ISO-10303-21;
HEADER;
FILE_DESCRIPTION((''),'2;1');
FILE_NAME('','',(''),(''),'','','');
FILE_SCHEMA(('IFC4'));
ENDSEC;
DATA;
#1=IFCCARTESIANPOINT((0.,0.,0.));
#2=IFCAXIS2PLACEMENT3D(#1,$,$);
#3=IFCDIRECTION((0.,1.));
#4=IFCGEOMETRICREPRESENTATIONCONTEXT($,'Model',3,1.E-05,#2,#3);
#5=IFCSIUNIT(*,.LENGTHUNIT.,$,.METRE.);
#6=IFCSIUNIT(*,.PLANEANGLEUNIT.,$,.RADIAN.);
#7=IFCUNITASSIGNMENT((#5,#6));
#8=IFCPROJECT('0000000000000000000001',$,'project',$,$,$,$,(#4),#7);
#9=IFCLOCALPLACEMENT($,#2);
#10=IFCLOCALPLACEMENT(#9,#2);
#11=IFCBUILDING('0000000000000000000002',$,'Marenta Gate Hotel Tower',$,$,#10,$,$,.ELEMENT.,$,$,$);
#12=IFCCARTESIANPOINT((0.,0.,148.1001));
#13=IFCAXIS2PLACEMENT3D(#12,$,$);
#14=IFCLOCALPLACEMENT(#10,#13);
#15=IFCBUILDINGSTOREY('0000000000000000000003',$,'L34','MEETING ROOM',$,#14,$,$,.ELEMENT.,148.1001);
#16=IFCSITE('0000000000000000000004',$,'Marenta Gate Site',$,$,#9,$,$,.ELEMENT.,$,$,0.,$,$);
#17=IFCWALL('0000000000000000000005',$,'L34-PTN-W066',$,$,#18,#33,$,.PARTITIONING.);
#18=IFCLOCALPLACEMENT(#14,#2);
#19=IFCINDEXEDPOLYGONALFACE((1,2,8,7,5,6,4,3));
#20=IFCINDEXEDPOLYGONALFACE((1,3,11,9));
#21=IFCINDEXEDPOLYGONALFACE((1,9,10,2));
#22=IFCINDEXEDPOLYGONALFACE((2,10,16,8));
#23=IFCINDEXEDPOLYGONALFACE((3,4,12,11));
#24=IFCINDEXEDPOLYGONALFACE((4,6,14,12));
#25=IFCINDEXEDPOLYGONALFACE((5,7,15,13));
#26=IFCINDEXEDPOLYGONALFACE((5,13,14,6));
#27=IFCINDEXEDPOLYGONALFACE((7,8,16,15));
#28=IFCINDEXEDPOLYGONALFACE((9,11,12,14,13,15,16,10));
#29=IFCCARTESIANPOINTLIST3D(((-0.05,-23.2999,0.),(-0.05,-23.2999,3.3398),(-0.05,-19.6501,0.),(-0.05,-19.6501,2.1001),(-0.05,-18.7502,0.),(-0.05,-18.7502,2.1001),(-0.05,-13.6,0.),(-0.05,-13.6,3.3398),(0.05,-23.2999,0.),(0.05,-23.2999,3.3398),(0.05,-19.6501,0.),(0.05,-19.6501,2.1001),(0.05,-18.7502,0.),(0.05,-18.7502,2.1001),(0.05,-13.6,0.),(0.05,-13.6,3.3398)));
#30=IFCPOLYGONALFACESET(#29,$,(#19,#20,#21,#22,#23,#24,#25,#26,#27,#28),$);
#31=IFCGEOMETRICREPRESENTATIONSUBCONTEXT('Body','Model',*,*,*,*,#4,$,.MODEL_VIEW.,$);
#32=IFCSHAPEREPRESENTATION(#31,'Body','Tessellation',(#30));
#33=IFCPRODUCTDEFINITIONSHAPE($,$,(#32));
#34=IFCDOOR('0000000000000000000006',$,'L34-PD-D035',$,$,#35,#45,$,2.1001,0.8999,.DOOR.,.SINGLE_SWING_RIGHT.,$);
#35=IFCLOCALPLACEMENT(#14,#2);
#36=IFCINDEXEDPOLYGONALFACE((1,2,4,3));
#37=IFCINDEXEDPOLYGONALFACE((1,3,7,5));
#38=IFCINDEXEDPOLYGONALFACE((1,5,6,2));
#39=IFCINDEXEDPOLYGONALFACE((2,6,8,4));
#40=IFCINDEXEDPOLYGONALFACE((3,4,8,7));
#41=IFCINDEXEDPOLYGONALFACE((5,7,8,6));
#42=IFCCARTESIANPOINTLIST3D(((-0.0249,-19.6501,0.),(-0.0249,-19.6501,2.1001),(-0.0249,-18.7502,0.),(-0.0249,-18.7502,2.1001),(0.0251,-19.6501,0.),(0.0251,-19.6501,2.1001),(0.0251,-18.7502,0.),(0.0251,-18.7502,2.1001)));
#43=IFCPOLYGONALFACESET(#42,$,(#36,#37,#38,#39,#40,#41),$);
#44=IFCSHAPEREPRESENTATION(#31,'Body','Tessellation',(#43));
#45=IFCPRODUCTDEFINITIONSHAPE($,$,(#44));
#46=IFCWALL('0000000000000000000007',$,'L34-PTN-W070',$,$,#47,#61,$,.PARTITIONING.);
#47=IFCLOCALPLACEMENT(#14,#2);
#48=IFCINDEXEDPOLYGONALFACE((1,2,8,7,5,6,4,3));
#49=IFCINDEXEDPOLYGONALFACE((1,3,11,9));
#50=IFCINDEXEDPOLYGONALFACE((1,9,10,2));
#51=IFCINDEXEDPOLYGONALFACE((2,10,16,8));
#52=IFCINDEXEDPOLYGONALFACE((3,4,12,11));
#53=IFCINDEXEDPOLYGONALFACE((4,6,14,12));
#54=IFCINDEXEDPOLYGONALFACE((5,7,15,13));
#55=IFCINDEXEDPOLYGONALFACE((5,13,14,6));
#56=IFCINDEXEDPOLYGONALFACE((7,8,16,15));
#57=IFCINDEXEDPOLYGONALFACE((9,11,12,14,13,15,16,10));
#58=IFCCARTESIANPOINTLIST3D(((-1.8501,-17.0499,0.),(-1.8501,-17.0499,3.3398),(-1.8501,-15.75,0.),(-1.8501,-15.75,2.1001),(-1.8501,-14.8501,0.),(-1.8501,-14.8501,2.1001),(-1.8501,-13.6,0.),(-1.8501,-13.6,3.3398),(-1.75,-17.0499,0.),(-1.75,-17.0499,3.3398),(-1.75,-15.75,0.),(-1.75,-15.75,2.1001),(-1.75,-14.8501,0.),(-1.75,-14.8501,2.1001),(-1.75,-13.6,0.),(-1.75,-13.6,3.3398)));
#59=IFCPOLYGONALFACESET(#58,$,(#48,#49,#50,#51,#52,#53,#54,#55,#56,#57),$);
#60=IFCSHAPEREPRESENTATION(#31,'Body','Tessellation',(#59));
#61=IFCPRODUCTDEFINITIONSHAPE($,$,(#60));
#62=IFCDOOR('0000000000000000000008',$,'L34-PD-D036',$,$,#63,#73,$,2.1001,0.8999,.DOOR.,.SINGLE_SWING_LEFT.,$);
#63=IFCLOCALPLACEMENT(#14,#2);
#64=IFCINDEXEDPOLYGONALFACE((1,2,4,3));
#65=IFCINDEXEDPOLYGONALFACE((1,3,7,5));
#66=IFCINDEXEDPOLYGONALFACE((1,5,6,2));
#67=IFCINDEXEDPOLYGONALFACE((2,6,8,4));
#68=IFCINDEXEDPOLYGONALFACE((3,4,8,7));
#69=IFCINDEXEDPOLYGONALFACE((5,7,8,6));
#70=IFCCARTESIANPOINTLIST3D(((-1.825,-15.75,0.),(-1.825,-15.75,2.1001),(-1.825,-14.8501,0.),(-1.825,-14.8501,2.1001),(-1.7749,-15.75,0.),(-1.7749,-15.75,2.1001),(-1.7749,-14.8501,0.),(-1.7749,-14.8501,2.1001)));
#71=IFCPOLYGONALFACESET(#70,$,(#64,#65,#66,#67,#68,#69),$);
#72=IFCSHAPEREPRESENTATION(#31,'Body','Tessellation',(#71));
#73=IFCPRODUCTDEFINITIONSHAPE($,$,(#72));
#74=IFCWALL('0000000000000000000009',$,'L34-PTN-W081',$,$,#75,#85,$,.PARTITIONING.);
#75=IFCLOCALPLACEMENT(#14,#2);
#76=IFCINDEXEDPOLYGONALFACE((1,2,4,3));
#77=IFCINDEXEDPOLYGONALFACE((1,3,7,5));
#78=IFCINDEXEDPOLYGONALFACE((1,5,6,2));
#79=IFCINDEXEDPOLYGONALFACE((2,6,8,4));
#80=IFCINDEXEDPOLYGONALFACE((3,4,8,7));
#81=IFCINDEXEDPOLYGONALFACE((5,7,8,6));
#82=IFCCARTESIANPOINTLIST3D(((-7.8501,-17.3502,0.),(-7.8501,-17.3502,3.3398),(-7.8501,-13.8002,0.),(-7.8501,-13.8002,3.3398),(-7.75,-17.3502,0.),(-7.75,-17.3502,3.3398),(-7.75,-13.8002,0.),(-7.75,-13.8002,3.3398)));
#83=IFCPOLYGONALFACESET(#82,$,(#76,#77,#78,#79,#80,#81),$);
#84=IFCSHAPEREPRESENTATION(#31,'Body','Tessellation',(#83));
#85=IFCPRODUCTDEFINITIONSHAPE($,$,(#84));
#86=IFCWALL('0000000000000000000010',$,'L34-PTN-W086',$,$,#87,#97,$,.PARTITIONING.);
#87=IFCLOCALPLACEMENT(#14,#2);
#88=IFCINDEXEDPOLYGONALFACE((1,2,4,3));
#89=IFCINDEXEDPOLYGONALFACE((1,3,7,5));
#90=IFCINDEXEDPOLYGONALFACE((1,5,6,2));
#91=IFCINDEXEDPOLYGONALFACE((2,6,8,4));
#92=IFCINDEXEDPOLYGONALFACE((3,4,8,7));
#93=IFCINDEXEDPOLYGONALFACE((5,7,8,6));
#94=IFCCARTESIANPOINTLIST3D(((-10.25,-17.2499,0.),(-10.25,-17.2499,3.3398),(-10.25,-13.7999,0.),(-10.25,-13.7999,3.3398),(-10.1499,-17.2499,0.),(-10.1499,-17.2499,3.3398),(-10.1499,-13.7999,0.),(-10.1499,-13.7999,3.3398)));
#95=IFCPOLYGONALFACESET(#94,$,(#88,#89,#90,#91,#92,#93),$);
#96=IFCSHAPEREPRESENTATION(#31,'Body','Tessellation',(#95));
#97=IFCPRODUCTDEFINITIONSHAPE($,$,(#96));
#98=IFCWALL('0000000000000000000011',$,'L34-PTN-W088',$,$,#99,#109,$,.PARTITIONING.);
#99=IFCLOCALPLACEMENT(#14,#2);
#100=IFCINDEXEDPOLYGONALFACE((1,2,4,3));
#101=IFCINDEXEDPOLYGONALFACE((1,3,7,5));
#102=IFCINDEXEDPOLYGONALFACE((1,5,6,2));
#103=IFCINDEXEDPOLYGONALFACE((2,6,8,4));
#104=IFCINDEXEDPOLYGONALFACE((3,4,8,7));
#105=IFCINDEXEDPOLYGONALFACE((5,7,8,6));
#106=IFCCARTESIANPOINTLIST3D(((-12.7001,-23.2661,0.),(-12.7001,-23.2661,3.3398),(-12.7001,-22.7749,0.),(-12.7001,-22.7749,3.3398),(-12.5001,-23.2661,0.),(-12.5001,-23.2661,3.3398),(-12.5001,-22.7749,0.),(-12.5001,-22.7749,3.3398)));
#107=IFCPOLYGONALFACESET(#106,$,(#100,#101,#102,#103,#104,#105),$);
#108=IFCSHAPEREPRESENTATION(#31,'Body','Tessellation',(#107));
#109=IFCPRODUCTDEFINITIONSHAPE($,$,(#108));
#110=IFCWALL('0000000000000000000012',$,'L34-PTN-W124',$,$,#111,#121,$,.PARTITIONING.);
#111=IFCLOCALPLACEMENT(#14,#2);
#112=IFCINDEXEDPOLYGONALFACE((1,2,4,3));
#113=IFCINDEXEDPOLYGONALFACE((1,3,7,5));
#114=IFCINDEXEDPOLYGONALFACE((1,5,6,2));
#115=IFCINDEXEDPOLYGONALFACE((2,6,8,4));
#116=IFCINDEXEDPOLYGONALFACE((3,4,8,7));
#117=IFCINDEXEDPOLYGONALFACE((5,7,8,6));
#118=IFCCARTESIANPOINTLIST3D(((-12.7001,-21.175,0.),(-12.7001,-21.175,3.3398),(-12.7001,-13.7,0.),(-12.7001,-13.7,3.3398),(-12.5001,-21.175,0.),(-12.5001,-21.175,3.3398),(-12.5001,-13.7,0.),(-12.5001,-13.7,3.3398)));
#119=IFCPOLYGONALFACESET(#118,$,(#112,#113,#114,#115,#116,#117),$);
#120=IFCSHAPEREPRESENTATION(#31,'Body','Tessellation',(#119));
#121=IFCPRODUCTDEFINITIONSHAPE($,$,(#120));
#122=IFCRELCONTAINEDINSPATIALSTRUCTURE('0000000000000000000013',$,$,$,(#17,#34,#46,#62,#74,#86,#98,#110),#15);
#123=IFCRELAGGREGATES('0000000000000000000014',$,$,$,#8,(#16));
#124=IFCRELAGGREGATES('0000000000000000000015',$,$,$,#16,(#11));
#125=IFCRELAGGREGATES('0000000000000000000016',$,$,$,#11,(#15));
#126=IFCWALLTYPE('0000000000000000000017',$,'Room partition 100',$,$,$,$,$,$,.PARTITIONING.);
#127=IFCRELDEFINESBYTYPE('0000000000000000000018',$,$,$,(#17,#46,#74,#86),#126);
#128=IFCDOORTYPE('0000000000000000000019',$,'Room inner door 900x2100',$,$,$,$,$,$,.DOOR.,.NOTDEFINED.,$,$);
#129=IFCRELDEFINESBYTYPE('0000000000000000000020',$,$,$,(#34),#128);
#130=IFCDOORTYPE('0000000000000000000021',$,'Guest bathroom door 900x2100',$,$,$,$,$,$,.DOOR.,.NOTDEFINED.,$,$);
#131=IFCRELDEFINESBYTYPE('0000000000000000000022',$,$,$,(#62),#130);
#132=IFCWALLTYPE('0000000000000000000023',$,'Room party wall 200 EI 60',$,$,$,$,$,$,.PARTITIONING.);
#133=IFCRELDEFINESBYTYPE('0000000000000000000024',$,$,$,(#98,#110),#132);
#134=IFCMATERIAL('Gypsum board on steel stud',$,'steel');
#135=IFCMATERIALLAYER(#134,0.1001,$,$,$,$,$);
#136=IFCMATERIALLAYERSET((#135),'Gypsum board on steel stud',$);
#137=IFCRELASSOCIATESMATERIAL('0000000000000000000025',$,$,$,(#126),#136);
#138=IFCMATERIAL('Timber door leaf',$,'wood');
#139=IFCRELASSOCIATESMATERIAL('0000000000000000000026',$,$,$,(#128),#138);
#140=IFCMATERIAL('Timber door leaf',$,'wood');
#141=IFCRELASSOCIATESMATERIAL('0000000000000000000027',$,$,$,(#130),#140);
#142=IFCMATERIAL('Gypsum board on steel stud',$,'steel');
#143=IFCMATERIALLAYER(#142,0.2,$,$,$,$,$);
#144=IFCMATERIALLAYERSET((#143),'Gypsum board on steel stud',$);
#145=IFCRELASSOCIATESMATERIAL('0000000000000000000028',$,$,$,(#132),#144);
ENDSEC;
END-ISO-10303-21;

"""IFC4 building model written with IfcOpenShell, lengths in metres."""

from ifc_helpers import new_model, si_unit, direction, frame, frame_2d, origin, place, context, subcontext, project, spatial, rectangle, extrude, material, layer, layer_set, type_object, element, fill, save


model = new_model("IFC4")

# Units and contexts
model_context = context("Model", 3, precision=1e-05, world=origin(), true_north=direction((0.0, 1.0)))
body_context = subcontext(model_context, "Body", "Model", "MODEL_VIEW")
ifc_project = project(units=[si_unit("LENGTHUNIT", "METRE"), si_unit("PLANEANGLEUNIT", "RADIAN")], contexts=[model_context])

# Site, building, storey
site_placement = place(None, origin())
site = spatial("IfcSite", under=ifc_project, at=site_placement, Name="Marenta Gate Site", CompositionType="ELEMENT", RefElevation=0.0)
building_placement = place(site_placement, origin())
building = spatial("IfcBuilding", under=site, at=building_placement, Name="Marenta Gate Hotel Tower", CompositionType="ELEMENT")
storey_placement = place(building_placement, frame((0.0, 0.0, 148.1001)))
storey = spatial("IfcBuildingStorey", under=building, at=storey_placement, Name="L34", Description="MEETING ROOM", CompositionType="ELEMENT", Elevation=148.1001)

# Shared definitions
ifc_material_1 = material(Name="Gypsum board on steel stud", Category="steel")
ifc_layer_1 = layer(ifc_material_1, 0.1001)
ifc_layer_set_1 = layer_set([ifc_layer_1], Name="Gypsum board on steel stud")
wall_type_1 = type_object("IfcWallType", Name="Room partition 100", PredefinedType="PARTITIONING", material=ifc_layer_set_1)
ifc_material_2 = material(Name="Timber door leaf", Category="wood")
door_type_1 = type_object("IfcDoorType", Name="Room inner door 900x2100", OperationType="NOTDEFINED", PredefinedType="DOOR", material=ifc_material_2)
ifc_material_3 = material(Name="Timber door leaf", Category="wood")
door_type_2 = type_object("IfcDoorType", Name="Guest bathroom door 900x2100", OperationType="NOTDEFINED", PredefinedType="DOOR", material=ifc_material_3)

# Walls, openings, doors
wall_1_placement = place(storey_placement, frame((0.0, -23.3, 0.0), z_axis=(0.0, 0.0, 1.0), x_axis=(0.0, 1.0, 0.0)))
wall_1 = element("IfcWall", 1, at=wall_1_placement, inside=storey, type_object=wall_type_1, Name="L34-PTN-W066", PredefinedType="PARTITIONING", context=body_context, shape_type="SweptSolid", body=[
    extrude(rectangle(XDim=9.7, YDim=0.1001, at=frame_2d((4.8501, 0.0))), origin(), (0.0, 0.0, 1.0), 3.3398),
])
opening_1_placement = place(wall_1_placement, frame((3.6499, 0.0, 0.0)))
opening_1 = element("IfcOpeningElement", 2, at=opening_1_placement, cuts=wall_1, PredefinedType="OPENING", context=body_context, shape_type="SweptSolid", body=[
    extrude(rectangle(XDim=0.8999, YDim=2.1001, at=frame_2d((0.45, 1.05))), frame((0.0, 0.05, 0.0), z_axis=(0.0, -1.0, 0.0), x_axis=(1.0, 0.0, 0.0)), (0.0, 0.0, 1.0), 0.1001),
])
door_1_placement = place(opening_1_placement, origin())
door_1 = element("IfcDoor", 3, at=door_1_placement, inside=storey, type_object=door_type_1, Name="L34-PD-D035", OperationType="SINGLE_SWING_RIGHT", OverallHeight=2.1001, OverallWidth=0.8999, PredefinedType="DOOR", context=body_context, shape_type="SweptSolid", body=[
    extrude(rectangle(XDim=0.8999, YDim=2.1001, at=frame_2d((0.45, 1.05))), frame((0.0, 0.0249, 0.0), z_axis=(0.0, -1.0, 0.0), x_axis=(1.0, 0.0, 0.0)), (0.0, 0.0, 1.0), 0.05),
])
fill(opening_1, door_1)
wall_2_placement = place(storey_placement, frame((-1.8, -17.05, 0.0), z_axis=(0.0, 0.0, 1.0), x_axis=(0.0, 1.0, 0.0)))
wall_2 = element("IfcWall", 4, at=wall_2_placement, inside=storey, type_object=wall_type_1, Name="L34-PTN-W070", PredefinedType="PARTITIONING", context=body_context, shape_type="SweptSolid", body=[
    extrude(rectangle(XDim=3.45, YDim=0.1001, at=frame_2d((1.7251, 0.0))), origin(), (0.0, 0.0, 1.0), 3.3398),
])
opening_2_placement = place(wall_2_placement, frame((1.3, 0.0, 0.0)))
opening_2 = element("IfcOpeningElement", 5, at=opening_2_placement, cuts=wall_2, PredefinedType="OPENING", context=body_context, shape_type="SweptSolid", body=[
    extrude(rectangle(XDim=0.8999, YDim=2.1001, at=frame_2d((0.45, 1.05))), frame((0.0, 0.05, 0.0), z_axis=(0.0, -1.0, 0.0), x_axis=(1.0, 0.0, 0.0)), (0.0, 0.0, 1.0), 0.1001),
])
door_2_placement = place(opening_2_placement, origin())
door_2 = element("IfcDoor", 6, at=door_2_placement, inside=storey, type_object=door_type_2, Name="L34-PD-D036", OperationType="SINGLE_SWING_LEFT", OverallHeight=2.1001, OverallWidth=0.8999, PredefinedType="DOOR", context=body_context, shape_type="SweptSolid", body=[
    extrude(rectangle(XDim=0.8999, YDim=2.1001, at=frame_2d((0.45, 1.05))), frame((0.0, 0.0249, 0.0), z_axis=(0.0, -1.0, 0.0), x_axis=(1.0, 0.0, 0.0)), (0.0, 0.0, 1.0), 0.05),
])
fill(opening_2, door_2)

# Walls
wall_3_placement = place(storey_placement, frame((-7.8, -17.3501, 0.0), z_axis=(0.0, 0.0, 1.0), x_axis=(0.0, 1.0, 0.0)))
element("IfcWall", 7, at=wall_3_placement, inside=storey, type_object=wall_type_1, Name="L34-PTN-W081", PredefinedType="PARTITIONING", context=body_context, shape_type="SweptSolid", body=[
    extrude(rectangle(XDim=3.55, YDim=0.1001, at=frame_2d((1.7749, 0.0))), origin(), (0.0, 0.0, 1.0), 3.3398),
])
wall_4_placement = place(storey_placement, frame((-10.2, -17.25, 0.0), z_axis=(0.0, 0.0, 1.0), x_axis=(0.0, 1.0, 0.0)))
element("IfcWall", 8, at=wall_4_placement, inside=storey, type_object=wall_type_1, Name="L34-PTN-W086", PredefinedType="PARTITIONING", context=body_context, shape_type="SweptSolid", body=[
    extrude(rectangle(XDim=3.45, YDim=0.1001, at=frame_2d((1.7251, 0.0))), origin(), (0.0, 0.0, 1.0), 3.3398),
])
ifc_material_4 = material(Name="Gypsum board on steel stud", Category="steel")
ifc_layer_2 = layer(ifc_material_4, 0.2)
ifc_layer_set_2 = layer_set([ifc_layer_2], Name="Gypsum board on steel stud")
wall_type_2 = type_object("IfcWallType", Name="Room party wall 200 EI 60", PredefinedType="PARTITIONING", material=ifc_layer_set_2)
wall_5_placement = place(storey_placement, frame((-12.6001, -23.2661, 0.0), z_axis=(0.0, 0.0, 1.0), x_axis=(0.0, 1.0, 0.0)))
element("IfcWall", 9, at=wall_5_placement, inside=storey, type_object=wall_type_2, Name="L34-PTN-W088", PredefinedType="PARTITIONING", context=body_context, shape_type="SweptSolid", body=[
    extrude(rectangle(XDim=0.4912, YDim=0.2, at=frame_2d((0.2456, 0.0))), origin(), (0.0, 0.0, 1.0), 3.3398),
])
wall_6_placement = place(storey_placement, frame((-12.6001, -21.175, 0.0), z_axis=(0.0, 0.0, 1.0), x_axis=(0.0, 1.0, 0.0)))
element("IfcWall", 10, at=wall_6_placement, inside=storey, type_object=wall_type_2, Name="L34-PTN-W124", PredefinedType="PARTITIONING", context=body_context, shape_type="SweptSolid", body=[
    extrude(rectangle(XDim=7.4751, YDim=0.2, at=frame_2d((3.7375, 0.0))), origin(), (0.0, 0.0, 1.0), 3.3398),
])

save(model, "model.ifc")
